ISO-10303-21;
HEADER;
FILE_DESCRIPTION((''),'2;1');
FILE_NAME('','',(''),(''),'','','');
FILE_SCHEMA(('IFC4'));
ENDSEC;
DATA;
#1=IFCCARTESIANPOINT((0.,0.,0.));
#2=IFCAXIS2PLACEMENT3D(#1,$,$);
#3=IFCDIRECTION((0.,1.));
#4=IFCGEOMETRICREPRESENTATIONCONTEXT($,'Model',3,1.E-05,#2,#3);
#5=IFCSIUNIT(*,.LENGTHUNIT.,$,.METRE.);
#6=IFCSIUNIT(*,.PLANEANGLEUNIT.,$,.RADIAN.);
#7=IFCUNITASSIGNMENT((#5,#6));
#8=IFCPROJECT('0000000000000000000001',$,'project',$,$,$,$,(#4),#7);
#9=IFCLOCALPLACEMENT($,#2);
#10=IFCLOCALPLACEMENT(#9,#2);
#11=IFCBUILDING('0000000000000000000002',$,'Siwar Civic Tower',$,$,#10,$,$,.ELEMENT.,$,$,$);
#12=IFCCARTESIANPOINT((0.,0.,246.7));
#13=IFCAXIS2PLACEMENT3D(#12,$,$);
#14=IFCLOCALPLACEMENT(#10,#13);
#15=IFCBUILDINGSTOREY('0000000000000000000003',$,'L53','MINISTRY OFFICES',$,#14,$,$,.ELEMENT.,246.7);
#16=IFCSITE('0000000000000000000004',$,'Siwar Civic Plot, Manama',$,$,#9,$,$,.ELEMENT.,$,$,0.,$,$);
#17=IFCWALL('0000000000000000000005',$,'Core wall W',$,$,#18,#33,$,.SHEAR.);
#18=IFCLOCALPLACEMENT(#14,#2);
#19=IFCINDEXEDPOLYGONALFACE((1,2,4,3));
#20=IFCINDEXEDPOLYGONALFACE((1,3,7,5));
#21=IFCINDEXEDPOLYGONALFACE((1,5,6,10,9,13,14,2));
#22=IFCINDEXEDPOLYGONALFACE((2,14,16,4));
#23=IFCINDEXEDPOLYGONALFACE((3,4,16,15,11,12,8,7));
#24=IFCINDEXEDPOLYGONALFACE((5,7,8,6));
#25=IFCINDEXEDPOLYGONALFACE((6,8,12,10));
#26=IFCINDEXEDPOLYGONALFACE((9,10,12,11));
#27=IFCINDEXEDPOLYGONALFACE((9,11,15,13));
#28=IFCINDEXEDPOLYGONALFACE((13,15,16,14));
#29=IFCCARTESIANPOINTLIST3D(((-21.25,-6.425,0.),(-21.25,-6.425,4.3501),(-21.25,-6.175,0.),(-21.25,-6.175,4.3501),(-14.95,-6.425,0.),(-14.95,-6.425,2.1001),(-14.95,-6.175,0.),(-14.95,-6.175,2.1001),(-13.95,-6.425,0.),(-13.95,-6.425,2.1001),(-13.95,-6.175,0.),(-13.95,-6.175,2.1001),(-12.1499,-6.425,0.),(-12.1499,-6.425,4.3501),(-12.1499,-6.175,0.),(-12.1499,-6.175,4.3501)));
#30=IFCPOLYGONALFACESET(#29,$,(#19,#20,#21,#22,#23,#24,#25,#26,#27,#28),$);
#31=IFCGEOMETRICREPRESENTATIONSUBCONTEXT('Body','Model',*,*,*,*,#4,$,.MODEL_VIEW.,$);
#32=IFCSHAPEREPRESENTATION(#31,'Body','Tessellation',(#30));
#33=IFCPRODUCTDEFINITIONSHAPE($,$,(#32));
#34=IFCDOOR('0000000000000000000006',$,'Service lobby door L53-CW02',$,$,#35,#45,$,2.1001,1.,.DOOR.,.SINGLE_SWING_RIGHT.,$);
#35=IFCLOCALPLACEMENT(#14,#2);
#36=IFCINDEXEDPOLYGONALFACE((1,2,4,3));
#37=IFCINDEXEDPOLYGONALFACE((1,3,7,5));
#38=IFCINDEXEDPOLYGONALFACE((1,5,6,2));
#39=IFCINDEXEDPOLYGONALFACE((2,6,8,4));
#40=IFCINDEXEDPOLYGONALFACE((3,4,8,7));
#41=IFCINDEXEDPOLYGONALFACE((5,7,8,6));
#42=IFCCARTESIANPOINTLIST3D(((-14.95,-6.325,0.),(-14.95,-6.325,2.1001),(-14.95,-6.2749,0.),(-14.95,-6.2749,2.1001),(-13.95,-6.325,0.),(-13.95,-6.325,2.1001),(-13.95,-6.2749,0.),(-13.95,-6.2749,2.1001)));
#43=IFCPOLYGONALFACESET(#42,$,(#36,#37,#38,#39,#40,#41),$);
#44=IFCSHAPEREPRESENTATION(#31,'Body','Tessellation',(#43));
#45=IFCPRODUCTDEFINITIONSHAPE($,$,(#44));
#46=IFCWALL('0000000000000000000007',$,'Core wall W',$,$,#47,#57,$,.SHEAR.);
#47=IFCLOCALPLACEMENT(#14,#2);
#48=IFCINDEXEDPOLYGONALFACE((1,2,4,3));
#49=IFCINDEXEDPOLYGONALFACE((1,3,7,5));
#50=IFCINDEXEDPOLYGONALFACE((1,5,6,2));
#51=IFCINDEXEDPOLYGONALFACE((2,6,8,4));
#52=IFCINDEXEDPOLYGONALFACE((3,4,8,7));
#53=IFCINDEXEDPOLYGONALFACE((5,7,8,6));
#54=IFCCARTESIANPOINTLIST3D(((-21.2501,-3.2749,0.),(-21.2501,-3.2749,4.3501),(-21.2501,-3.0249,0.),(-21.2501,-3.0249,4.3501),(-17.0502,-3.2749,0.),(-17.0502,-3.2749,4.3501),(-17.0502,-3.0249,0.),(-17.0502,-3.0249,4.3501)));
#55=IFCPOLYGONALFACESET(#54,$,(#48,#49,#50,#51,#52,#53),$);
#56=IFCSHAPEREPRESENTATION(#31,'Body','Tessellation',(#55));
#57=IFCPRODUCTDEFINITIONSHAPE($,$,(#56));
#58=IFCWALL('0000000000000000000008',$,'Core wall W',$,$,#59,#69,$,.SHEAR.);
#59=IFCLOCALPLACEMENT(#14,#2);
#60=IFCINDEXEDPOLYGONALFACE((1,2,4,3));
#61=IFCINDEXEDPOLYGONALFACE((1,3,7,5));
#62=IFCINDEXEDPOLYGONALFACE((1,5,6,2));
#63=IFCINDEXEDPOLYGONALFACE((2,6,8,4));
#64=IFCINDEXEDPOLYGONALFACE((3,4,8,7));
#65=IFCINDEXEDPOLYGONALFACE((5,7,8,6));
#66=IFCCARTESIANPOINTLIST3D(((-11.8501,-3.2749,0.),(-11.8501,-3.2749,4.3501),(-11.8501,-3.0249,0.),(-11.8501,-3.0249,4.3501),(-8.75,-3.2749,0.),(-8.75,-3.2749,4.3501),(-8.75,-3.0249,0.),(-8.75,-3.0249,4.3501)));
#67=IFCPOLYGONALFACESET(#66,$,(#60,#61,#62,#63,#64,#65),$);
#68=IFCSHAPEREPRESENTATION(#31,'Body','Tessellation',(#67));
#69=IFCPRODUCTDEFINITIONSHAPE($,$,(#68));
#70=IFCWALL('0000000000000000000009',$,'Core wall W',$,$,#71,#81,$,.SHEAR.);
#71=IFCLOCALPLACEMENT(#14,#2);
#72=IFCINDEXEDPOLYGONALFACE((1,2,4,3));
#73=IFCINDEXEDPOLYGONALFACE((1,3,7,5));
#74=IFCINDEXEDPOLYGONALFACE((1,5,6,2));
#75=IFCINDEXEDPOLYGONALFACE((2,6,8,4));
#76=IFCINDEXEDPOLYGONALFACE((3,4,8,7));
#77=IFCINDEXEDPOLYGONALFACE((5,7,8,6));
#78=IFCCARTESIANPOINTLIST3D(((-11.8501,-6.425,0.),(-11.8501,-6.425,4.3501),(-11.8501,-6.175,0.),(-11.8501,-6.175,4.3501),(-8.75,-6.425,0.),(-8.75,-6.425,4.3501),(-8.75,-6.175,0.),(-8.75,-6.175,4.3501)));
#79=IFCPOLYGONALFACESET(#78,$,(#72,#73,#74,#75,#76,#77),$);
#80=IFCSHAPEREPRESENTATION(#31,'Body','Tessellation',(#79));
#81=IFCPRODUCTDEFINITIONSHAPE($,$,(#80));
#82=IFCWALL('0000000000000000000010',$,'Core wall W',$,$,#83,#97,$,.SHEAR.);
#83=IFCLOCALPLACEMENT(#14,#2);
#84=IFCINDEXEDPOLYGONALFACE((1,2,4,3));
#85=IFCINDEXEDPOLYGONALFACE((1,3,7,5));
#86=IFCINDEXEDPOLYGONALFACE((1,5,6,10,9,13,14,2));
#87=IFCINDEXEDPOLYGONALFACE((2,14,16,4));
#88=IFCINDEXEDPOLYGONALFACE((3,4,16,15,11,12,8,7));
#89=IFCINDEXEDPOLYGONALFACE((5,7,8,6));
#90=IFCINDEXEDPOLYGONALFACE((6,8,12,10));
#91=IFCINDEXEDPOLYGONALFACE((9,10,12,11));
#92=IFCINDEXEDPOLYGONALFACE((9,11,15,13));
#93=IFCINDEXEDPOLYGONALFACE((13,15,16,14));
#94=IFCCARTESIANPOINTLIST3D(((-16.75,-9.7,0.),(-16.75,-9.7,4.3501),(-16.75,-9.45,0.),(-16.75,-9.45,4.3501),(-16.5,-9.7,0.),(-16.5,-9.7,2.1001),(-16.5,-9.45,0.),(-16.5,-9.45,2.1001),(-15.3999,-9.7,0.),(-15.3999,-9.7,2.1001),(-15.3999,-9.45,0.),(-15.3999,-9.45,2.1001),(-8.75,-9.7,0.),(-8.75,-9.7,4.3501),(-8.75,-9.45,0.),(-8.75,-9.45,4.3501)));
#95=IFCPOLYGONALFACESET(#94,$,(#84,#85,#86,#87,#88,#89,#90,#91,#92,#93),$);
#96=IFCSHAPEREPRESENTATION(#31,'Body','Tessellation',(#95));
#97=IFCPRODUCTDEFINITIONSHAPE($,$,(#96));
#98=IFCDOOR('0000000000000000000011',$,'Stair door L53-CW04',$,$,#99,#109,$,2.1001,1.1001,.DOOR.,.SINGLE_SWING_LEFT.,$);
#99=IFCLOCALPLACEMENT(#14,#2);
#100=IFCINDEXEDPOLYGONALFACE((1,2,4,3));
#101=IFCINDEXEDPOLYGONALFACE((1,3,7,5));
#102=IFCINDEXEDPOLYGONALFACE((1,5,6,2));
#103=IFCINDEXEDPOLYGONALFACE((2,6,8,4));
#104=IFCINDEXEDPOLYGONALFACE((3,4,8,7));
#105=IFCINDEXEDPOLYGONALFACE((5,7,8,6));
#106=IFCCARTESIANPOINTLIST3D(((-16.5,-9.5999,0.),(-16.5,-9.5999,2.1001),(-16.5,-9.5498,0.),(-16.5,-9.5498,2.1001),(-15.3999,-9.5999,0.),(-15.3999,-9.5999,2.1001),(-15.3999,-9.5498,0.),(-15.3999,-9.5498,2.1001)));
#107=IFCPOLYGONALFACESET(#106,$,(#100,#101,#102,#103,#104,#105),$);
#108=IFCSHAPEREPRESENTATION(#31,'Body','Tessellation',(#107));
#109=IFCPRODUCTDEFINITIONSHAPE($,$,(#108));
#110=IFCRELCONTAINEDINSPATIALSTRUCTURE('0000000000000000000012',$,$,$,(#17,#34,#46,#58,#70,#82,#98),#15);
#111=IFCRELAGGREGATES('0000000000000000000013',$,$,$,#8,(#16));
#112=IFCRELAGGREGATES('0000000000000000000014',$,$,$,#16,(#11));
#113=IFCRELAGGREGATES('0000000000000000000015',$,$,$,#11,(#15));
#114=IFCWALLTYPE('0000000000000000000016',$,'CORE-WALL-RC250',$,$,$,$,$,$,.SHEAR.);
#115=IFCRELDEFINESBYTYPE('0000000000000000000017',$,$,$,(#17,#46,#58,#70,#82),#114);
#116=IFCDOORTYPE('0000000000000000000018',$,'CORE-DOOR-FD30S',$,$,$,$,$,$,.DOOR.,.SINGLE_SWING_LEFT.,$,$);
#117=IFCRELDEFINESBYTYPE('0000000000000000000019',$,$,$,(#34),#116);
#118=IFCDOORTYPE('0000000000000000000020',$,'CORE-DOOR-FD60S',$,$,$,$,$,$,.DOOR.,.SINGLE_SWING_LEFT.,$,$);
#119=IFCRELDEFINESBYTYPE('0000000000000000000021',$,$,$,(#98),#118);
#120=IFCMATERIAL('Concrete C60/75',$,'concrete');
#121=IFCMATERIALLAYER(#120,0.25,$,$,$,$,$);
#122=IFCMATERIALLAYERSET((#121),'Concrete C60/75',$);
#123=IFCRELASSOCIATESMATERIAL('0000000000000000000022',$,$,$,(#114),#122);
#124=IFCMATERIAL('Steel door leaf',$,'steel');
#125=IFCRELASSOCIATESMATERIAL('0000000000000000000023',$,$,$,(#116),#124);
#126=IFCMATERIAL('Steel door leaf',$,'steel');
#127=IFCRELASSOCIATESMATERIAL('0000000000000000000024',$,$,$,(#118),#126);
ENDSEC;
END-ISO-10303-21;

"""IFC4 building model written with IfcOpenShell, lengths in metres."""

from ifc_helpers import new_model, si_unit, direction, frame, frame_2d, origin, place, context, subcontext, project, spatial, rectangle, extrude, material, layer, layer_set, type_object, element, fill, save


model = new_model("IFC4")

# Units and contexts
model_context = context("Model", 3, precision=1e-05, world=origin(), true_north=direction((0.0, 1.0)))
body_context = subcontext(model_context, "Body", "Model", "MODEL_VIEW")
ifc_project = project(units=[si_unit("LENGTHUNIT", "METRE"), si_unit("PLANEANGLEUNIT", "RADIAN")], contexts=[model_context])

# Site, building, storey
site_placement = place(None, origin())
site = spatial("IfcSite", under=ifc_project, at=site_placement, Name="Siwar Civic Plot, Manama", CompositionType="ELEMENT", RefElevation=0.0)
building_placement = place(site_placement, origin())
building = spatial("IfcBuilding", under=site, at=building_placement, Name="Siwar Civic Tower", CompositionType="ELEMENT")
storey_placement = place(building_placement, frame((0.0, 0.0, 246.7)))
storey = spatial("IfcBuildingStorey", under=building, at=storey_placement, Name="L53", Description="MINISTRY OFFICES", CompositionType="ELEMENT", Elevation=246.7)

# Wall, opening, door
ifc_material_1 = material(Name="Concrete C60/75", Category="concrete")
ifc_layer_1 = layer(ifc_material_1, 0.25)
ifc_layer_set_1 = layer_set([ifc_layer_1], Name="Concrete C60/75")
wall_type_1 = type_object("IfcWallType", Name="CORE-WALL-RC250", PredefinedType="SHEAR", material=ifc_layer_set_1)
wall_1_placement = place(storey_placement, frame((-12.1499, -6.3, 0.0), z_axis=(0.0, 0.0, 1.0), x_axis=(-1.0, 0.0, 0.0)))
wall_1 = element("IfcWall", 1, at=wall_1_placement, inside=storey, type_object=wall_type_1, Name="Core wall W", PredefinedType="SHEAR", context=body_context, shape_type="SweptSolid", body=[
    extrude(rectangle(XDim=9.1001, YDim=0.25, at=frame_2d((4.55, 0.0))), origin(), (0.0, 0.0, 1.0), 4.3501),
])
opening_1_placement = place(wall_1_placement, frame((1.8, 0.0, 0.0)))
opening_1 = element("IfcOpeningElement", 2, at=opening_1_placement, cuts=wall_1, PredefinedType="OPENING", context=body_context, shape_type="SweptSolid", body=[
    extrude(rectangle(XDim=1.0, YDim=2.1001, at=frame_2d((0.5, 1.05))), frame((0.0, 0.135, 0.0), z_axis=(0.0, -1.0, 0.0), x_axis=(1.0, 0.0, 0.0)), (0.0, 0.0, 1.0), 0.27),
])
ifc_material_2 = material(Name="Steel door leaf", Category="steel")
door_type_1 = type_object("IfcDoorType", Name="CORE-DOOR-FD30S", OperationType="SINGLE_SWING_LEFT", PredefinedType="DOOR", material=ifc_material_2)
door_1_placement = place(opening_1_placement, origin())
door_1 = element("IfcDoor", 3, at=door_1_placement, inside=storey, type_object=door_type_1, Name="Service lobby door L53-CW02", OperationType="SINGLE_SWING_RIGHT", OverallHeight=2.1001, OverallWidth=1.0, PredefinedType="DOOR", context=body_context, shape_type="SweptSolid", body=[
    extrude(rectangle(XDim=1.0, YDim=2.1001, at=frame_2d((0.5, 1.05))), frame((0.0, 0.0249, 0.0), z_axis=(0.0, -1.0, 0.0), x_axis=(1.0, 0.0, 0.0)), (0.0, 0.0, 1.0), 0.05),
])
fill(opening_1, door_1)

# Walls
wall_2_placement = place(storey_placement, frame((-17.05, -3.1499, 0.0), z_axis=(0.0, 0.0, 1.0), x_axis=(-1.0, 0.0, 0.0)))
element("IfcWall", 4, at=wall_2_placement, inside=storey, type_object=wall_type_1, Name="Core wall W", PredefinedType="SHEAR", context=body_context, shape_type="SweptSolid", body=[
    extrude(rectangle(XDim=4.2, YDim=0.25, at=frame_2d((2.1001, 0.0))), origin(), (0.0, 0.0, 1.0), 4.3501),
])
for number, where, z_axis, x_axis, name in (
    (5, (-8.75, -3.1499, 0.0), (0.0, 0.0, 1.0), (-1.0, 0.0, 0.0), "Core wall W"),
    (6, (-8.75, -6.3, 0.0), (0.0, 0.0, 1.0), (-1.0, 0.0, 0.0), "Core wall W"),
):
    element("IfcWall", number, at=place(storey_placement, frame(where, z_axis=z_axis, x_axis=x_axis)), inside=storey, type_object=wall_type_1, Name=name, PredefinedType="SHEAR", context=body_context, shape_type="SweptSolid", body=[
        extrude(rectangle(XDim=3.1001, YDim=0.25, at=frame_2d((1.55, 0.0))), origin(), (0.0, 0.0, 1.0), 4.3501),
    ])

# Wall, opening, door
wall_3_placement = place(storey_placement, frame((-8.75, -9.575, 0.0), z_axis=(0.0, 0.0, 1.0), x_axis=(-1.0, 0.0, 0.0)))
wall_3 = element("IfcWall", 7, at=wall_3_placement, inside=storey, type_object=wall_type_1, Name="Core wall W", PredefinedType="SHEAR", context=body_context, shape_type="SweptSolid", body=[
    extrude(rectangle(XDim=8.0, YDim=0.25, at=frame_2d((4.0, 0.0))), origin(), (0.0, 0.0, 1.0), 4.3501),
])
opening_2_placement = place(wall_3_placement, frame((6.6499, 0.0, 0.0)))
opening_2 = element("IfcOpeningElement", 8, at=opening_2_placement, cuts=wall_3, PredefinedType="OPENING", context=body_context, shape_type="SweptSolid", body=[
    extrude(rectangle(XDim=1.1001, YDim=2.1001, at=frame_2d((0.55, 1.05))), frame((0.0, 0.135, 0.0), z_axis=(0.0, -1.0, 0.0), x_axis=(1.0, 0.0, 0.0)), (0.0, 0.0, 1.0), 0.27),
])
ifc_material_3 = material(Name="Steel door leaf", Category="steel")
door_type_2 = type_object("IfcDoorType", Name="CORE-DOOR-FD60S", OperationType="SINGLE_SWING_LEFT", PredefinedType="DOOR", material=ifc_material_3)
door_2_placement = place(opening_2_placement, origin())
door_2 = element("IfcDoor", 9, at=door_2_placement, inside=storey, type_object=door_type_2, Name="Stair door L53-CW04", OperationType="SINGLE_SWING_LEFT", OverallHeight=2.1001, OverallWidth=1.1001, PredefinedType="DOOR", context=body_context, shape_type="SweptSolid", body=[
    extrude(rectangle(XDim=1.1001, YDim=2.1001, at=frame_2d((0.55, 1.05))), frame((0.0, 0.0249, 0.0), z_axis=(0.0, -1.0, 0.0), x_axis=(1.0, 0.0, 0.0)), (0.0, 0.0, 1.0), 0.05),
])
fill(opening_2, door_2)

save(model, "model.ifc")
